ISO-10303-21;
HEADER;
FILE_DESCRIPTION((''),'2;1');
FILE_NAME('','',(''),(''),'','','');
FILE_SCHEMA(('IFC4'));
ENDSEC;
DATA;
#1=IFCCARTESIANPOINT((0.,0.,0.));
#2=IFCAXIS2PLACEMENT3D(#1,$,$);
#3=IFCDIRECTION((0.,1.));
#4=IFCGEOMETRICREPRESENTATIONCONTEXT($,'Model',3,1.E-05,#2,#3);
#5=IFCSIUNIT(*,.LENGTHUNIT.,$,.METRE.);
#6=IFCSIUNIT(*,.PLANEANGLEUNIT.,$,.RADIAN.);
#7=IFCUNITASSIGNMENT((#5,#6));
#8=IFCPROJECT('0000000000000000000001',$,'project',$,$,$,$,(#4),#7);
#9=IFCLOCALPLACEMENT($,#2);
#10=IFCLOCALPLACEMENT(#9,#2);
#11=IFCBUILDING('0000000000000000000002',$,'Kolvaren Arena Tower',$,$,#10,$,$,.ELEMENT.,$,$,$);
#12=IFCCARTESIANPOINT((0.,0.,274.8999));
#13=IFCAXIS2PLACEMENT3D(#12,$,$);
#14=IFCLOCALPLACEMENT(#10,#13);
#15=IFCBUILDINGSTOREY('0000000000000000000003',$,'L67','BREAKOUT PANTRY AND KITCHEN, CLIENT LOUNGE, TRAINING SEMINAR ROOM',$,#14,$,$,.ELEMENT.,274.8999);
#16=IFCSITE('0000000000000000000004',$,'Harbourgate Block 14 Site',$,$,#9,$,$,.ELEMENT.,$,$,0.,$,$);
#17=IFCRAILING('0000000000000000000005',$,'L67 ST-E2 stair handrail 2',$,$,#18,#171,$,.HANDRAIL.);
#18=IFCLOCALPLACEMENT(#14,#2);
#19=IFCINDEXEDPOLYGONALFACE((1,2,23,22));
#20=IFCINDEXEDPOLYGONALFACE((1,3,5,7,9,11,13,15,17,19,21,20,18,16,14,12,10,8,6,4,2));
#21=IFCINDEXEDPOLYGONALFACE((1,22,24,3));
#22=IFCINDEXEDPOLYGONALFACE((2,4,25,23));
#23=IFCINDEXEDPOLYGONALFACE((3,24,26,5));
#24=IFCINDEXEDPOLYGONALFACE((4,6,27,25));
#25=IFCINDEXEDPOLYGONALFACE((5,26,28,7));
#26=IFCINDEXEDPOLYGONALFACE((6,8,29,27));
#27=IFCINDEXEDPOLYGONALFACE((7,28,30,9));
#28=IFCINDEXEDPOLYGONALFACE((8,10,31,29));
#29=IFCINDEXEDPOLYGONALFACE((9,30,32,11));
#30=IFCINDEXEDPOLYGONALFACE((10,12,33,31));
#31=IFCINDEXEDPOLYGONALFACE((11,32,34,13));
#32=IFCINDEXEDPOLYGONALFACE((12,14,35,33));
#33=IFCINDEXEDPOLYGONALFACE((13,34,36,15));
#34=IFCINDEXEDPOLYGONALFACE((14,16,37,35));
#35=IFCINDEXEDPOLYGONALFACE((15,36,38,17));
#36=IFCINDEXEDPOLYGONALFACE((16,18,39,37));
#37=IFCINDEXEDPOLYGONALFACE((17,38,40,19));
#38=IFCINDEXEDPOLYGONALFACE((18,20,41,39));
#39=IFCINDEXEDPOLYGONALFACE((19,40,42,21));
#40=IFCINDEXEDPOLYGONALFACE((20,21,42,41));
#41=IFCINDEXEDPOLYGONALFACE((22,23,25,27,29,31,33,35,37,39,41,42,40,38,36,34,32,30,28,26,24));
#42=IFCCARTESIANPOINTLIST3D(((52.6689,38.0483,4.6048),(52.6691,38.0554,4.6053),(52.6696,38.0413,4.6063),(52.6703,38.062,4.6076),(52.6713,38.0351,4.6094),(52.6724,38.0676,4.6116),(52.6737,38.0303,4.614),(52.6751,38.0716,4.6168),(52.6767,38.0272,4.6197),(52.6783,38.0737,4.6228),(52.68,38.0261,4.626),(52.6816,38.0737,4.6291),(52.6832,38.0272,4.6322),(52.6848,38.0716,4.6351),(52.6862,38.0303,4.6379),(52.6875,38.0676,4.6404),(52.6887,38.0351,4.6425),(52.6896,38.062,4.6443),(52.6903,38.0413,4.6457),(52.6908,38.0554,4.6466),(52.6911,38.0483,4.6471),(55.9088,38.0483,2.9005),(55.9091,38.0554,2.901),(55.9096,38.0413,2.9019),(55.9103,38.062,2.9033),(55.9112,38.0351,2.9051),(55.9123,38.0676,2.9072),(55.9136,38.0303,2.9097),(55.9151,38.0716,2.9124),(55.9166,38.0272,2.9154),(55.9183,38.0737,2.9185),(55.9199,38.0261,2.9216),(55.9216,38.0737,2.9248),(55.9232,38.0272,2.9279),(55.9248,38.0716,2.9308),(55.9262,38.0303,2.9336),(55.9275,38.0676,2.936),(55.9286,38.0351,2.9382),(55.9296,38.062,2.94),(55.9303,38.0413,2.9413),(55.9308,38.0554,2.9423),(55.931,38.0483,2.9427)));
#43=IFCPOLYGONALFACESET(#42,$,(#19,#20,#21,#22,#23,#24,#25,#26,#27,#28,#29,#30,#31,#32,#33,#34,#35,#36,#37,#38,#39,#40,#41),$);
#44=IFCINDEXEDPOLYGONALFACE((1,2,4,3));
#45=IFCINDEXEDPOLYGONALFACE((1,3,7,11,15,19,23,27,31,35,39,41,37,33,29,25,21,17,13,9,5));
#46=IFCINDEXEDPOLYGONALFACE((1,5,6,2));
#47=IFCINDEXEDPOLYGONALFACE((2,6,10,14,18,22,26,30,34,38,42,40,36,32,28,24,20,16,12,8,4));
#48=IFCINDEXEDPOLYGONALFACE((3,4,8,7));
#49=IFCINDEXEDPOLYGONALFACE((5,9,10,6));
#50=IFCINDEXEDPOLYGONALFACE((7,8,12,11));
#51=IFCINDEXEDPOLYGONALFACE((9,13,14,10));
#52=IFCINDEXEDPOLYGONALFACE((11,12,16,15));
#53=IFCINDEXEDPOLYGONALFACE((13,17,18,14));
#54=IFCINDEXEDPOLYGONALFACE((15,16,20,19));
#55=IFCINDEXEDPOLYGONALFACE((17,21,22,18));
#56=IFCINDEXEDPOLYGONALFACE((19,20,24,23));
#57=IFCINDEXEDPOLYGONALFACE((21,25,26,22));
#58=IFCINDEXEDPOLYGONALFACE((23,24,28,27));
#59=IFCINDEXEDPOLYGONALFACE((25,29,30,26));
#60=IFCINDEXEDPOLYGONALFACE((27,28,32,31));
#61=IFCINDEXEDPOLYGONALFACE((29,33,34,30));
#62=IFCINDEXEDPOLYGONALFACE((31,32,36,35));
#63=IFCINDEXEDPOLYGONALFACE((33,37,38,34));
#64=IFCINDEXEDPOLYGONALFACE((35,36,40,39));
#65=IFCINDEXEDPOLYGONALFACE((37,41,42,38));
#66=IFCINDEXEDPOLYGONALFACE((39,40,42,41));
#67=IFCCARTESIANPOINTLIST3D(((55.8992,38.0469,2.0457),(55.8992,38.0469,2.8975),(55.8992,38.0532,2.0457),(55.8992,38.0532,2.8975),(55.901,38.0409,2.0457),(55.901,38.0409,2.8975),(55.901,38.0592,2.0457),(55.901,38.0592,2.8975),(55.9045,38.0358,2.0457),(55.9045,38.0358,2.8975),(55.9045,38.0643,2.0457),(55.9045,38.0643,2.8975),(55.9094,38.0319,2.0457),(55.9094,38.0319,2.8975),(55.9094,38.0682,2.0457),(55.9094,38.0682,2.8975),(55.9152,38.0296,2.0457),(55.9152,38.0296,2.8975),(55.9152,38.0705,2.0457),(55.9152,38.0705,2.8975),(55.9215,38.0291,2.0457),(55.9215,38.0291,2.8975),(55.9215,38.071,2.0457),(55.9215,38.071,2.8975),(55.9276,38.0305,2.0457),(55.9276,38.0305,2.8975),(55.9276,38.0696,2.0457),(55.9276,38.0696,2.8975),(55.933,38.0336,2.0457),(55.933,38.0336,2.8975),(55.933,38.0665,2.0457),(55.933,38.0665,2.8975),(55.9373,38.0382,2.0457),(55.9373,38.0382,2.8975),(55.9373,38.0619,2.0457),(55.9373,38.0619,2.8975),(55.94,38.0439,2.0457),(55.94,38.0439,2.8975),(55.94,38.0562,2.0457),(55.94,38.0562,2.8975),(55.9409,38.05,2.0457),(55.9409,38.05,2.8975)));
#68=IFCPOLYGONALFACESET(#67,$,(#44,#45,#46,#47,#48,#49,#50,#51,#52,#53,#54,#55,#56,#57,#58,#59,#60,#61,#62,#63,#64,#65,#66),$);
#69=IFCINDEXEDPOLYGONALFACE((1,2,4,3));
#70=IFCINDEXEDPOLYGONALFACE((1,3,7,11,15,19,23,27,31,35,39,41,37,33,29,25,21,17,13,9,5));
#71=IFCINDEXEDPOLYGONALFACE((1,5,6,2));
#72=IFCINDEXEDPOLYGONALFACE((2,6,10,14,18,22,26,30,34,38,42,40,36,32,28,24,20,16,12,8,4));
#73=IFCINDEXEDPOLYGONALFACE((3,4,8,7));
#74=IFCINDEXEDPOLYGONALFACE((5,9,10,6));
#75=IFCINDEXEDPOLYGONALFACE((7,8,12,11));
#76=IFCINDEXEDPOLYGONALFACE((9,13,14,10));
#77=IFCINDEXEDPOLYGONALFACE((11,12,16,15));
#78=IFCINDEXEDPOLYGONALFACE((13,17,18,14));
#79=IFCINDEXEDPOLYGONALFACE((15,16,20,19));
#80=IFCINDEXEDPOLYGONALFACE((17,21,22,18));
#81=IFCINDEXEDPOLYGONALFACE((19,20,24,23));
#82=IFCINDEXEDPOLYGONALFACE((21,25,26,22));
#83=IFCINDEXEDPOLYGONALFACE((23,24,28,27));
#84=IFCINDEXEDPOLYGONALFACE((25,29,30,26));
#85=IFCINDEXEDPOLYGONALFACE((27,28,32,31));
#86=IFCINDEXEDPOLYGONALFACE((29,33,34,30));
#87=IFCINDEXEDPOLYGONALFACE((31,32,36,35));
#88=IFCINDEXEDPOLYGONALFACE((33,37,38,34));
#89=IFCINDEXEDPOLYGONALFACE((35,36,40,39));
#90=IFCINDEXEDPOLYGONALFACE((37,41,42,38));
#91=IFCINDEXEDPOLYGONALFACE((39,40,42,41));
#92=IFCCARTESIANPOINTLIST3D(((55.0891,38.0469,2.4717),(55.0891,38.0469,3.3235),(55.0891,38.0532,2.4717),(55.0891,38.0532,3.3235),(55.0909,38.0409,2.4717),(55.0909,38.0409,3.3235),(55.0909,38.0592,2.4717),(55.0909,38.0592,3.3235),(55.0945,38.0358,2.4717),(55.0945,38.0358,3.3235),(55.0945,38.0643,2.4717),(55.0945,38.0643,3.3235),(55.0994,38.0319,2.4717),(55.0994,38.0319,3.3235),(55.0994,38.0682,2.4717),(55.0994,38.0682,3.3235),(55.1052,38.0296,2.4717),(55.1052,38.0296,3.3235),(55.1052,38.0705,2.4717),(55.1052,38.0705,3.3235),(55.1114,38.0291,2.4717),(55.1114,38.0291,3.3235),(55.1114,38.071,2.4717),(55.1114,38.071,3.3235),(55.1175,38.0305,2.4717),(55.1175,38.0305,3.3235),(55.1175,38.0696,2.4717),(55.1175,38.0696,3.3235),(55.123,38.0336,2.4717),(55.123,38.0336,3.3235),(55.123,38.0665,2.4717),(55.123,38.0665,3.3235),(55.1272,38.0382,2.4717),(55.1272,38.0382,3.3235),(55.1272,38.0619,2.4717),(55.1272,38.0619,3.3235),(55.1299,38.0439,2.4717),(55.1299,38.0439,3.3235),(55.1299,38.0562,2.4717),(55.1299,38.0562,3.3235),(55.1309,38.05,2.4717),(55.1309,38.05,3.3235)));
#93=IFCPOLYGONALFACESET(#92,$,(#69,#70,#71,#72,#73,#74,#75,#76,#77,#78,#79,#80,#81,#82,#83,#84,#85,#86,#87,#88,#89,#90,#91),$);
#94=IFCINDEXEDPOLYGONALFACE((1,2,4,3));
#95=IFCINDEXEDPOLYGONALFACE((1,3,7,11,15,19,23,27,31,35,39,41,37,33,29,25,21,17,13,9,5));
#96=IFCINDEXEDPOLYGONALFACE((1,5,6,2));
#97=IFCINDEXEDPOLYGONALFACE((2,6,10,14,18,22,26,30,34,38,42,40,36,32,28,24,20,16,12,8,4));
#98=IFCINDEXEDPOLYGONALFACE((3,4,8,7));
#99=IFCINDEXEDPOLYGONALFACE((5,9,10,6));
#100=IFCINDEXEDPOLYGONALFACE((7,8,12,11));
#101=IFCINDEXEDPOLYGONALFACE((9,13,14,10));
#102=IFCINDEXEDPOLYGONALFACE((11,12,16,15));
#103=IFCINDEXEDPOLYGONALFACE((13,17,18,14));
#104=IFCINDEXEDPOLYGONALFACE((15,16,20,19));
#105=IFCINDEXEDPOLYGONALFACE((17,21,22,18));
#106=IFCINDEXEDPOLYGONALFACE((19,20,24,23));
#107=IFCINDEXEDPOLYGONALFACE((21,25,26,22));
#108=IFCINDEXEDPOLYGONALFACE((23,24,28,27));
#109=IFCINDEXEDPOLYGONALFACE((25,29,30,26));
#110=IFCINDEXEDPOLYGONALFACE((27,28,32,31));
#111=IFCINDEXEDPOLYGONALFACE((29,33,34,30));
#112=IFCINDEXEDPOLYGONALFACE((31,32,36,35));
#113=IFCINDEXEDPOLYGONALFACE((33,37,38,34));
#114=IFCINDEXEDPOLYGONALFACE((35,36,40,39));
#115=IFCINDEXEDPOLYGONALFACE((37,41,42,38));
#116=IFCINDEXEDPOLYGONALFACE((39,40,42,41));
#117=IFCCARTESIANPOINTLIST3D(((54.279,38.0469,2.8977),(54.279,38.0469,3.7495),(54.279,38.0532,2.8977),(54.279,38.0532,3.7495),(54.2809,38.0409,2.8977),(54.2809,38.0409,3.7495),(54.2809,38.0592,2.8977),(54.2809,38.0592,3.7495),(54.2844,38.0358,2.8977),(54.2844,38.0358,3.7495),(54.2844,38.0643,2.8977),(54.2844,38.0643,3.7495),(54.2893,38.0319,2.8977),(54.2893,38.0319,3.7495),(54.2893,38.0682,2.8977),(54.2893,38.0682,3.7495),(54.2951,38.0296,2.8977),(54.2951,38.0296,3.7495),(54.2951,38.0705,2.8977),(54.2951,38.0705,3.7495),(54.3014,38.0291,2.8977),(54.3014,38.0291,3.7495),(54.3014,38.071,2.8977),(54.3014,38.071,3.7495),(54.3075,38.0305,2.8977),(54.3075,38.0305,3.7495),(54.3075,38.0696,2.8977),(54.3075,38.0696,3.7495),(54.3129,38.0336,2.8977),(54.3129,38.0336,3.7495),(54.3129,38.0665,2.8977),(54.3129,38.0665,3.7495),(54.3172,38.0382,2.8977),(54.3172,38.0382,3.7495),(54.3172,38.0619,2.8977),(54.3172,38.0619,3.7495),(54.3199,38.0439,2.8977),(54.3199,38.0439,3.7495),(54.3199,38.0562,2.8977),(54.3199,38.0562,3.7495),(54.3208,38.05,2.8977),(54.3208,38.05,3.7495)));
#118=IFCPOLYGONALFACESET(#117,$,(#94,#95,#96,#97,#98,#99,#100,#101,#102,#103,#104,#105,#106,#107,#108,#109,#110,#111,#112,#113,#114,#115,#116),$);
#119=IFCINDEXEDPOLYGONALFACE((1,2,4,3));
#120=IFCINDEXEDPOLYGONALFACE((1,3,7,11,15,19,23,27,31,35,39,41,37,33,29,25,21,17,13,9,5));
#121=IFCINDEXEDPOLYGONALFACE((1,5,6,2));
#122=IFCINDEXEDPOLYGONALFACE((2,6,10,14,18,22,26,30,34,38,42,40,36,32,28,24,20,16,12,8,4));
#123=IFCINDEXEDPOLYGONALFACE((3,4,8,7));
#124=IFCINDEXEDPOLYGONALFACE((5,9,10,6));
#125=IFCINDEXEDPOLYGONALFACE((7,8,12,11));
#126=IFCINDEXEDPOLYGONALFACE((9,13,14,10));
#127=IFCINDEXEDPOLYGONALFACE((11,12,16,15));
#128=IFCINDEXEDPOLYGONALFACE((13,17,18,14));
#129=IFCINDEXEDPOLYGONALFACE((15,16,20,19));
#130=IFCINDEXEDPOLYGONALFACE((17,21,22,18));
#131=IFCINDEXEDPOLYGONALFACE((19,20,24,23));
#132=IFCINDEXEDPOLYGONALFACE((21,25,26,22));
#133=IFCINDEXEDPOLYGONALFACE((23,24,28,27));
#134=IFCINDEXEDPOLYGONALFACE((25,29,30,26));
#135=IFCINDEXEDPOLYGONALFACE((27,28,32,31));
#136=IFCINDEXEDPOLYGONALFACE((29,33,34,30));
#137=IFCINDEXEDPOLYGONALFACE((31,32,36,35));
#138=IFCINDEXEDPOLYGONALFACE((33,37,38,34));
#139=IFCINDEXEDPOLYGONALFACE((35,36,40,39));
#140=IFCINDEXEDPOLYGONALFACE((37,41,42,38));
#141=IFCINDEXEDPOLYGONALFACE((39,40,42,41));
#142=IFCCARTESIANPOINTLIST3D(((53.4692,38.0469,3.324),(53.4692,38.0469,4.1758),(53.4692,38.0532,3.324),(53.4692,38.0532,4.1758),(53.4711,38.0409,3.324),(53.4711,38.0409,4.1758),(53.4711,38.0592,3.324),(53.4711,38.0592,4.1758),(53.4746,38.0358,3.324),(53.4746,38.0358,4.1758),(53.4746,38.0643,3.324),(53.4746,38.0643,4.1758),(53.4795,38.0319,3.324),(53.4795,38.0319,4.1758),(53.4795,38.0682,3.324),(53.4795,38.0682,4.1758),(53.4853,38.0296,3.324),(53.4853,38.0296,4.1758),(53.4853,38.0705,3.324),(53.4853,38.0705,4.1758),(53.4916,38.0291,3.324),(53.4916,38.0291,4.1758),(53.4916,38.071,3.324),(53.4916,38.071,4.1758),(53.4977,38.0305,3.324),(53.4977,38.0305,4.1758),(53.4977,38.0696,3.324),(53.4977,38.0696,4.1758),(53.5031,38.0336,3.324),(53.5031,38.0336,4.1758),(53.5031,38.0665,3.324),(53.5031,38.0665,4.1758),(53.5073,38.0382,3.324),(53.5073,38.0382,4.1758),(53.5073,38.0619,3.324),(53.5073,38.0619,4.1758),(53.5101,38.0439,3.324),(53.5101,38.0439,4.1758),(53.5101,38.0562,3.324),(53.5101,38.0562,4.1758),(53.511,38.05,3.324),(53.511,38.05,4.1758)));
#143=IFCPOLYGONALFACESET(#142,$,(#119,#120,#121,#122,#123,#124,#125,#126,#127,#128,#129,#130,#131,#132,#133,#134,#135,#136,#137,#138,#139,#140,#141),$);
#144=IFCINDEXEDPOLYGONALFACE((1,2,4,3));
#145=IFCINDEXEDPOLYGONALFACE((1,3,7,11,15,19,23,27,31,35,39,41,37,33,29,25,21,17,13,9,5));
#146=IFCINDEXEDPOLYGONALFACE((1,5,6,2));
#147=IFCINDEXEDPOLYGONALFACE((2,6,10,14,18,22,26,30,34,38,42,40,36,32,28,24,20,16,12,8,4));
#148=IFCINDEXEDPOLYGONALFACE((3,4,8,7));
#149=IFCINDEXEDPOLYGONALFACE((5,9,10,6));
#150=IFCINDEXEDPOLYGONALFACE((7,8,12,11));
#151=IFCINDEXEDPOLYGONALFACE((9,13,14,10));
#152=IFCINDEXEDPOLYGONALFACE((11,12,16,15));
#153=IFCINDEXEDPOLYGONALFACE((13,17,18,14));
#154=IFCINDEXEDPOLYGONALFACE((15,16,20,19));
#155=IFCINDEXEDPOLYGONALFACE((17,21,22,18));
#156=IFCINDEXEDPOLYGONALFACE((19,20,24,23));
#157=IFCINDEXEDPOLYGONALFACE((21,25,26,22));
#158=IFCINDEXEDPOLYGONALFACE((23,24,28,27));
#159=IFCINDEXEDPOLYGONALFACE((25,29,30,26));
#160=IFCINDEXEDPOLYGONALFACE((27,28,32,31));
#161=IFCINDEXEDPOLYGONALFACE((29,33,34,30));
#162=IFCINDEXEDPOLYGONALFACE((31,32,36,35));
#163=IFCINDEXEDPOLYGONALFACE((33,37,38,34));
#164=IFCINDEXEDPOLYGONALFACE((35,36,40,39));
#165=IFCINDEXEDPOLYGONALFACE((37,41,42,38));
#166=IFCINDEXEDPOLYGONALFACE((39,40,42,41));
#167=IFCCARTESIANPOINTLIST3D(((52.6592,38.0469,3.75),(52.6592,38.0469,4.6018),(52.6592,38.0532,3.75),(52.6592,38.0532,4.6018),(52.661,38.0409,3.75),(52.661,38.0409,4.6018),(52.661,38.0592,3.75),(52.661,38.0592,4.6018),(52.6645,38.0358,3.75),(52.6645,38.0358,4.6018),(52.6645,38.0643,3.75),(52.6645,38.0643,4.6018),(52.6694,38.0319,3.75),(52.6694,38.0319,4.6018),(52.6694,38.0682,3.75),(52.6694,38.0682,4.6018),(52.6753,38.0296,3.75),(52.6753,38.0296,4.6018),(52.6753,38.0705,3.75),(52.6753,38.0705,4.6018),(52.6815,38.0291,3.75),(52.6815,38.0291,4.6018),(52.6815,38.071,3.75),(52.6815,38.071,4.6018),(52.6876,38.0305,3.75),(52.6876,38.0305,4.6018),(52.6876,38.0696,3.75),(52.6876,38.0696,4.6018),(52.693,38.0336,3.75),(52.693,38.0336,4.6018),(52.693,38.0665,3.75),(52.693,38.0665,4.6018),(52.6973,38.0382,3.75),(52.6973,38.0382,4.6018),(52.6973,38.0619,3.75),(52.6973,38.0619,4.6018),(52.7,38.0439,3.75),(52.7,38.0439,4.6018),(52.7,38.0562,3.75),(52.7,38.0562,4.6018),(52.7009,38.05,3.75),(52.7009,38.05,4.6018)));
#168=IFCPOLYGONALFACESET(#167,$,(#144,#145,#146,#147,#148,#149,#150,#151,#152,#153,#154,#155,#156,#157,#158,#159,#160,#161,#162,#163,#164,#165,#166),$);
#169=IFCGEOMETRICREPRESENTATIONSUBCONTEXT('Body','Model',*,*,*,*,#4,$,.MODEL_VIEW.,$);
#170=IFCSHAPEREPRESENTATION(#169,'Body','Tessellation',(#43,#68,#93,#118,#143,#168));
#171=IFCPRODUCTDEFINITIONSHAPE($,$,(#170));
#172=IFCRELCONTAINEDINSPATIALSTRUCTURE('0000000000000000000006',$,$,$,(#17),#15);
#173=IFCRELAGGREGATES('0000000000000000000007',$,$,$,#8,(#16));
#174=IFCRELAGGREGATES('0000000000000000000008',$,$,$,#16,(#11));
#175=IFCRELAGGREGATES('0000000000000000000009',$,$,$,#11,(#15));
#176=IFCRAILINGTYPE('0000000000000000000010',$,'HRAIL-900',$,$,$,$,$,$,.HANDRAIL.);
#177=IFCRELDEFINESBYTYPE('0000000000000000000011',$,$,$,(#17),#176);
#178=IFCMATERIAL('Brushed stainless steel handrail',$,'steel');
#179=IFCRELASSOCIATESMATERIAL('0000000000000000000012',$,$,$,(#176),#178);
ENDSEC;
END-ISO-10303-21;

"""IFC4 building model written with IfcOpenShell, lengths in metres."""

from ifc_helpers import new_model, si_unit, direction, frame, origin, origin_2d, place, context, subcontext, project, spatial, circle, extrude, material, type_object, element, save


model = new_model("IFC4")

# Units and contexts
model_context = context("Model", 3, precision=1e-05, world=origin(), true_north=direction((0.0, 1.0)))
body_context = subcontext(model_context, "Body", "Model", "MODEL_VIEW")
ifc_project = project(units=[si_unit("LENGTHUNIT", "METRE"), si_unit("PLANEANGLEUNIT", "RADIAN")], contexts=[model_context])

# Site, building, storey
site_placement = place(None, origin())
site = spatial("IfcSite", under=ifc_project, at=site_placement, Name="Harbourgate Block 14 Site", CompositionType="ELEMENT", RefElevation=0.0)
building_placement = place(site_placement, origin())
building = spatial("IfcBuilding", under=site, at=building_placement, Name="Kolvaren Arena Tower", CompositionType="ELEMENT")
storey_placement = place(building_placement, frame((0.0, 0.0, 274.8999)))
storey = spatial("IfcBuildingStorey", under=building, at=storey_placement, Name="L67", Description="BREAKOUT PANTRY AND KITCHEN, CLIENT LOUNGE, TRAINING SEMINAR ROOM", CompositionType="ELEMENT", Elevation=274.8999)

# Railing
ifc_material_1 = material(Name="Brushed stainless steel handrail", Category="steel")
railing_type = type_object("IfcRailingType", Name="HRAIL-900", PredefinedType="HANDRAIL", material=ifc_material_1)
railing_placement = place(storey_placement, frame((55.9199, 38.05, 2.0457)))
element("IfcRailing", 1, at=railing_placement, inside=storey, type_object=railing_type, Name="L67 ST-E2 stair handrail 2", PredefinedType="HANDRAIL", context=body_context, shape_type="SweptSolid", body=[
    extrude(circle(Radius=0.0239, at=origin_2d()), frame((0.0, 0.0, 0.876), z_axis=(-0.885021, 0.0, 0.465551), x_axis=(0.0, -1.0, 0.0)), (0.0, 0.0, 1.0), 3.6609),
    extrude(circle(Radius=0.021, at=origin_2d()), origin(), (0.0, 0.0, 1.0), 0.8518),
    extrude(circle(Radius=0.021, at=origin_2d()), frame((-0.8101, 0.0, 0.426)), (0.0, 0.0, 1.0), 0.8518),
    extrude(circle(Radius=0.021, at=origin_2d()), frame((-1.6201, 0.0, 0.8521)), (0.0, 0.0, 1.0), 0.8518),
    extrude(circle(Radius=0.021, at=origin_2d()), frame((-2.4299, 0.0, 1.2783)), (0.0, 0.0, 1.0), 0.8518),
    extrude(circle(Radius=0.021, at=origin_2d()), frame((-3.24, 0.0, 1.7043)), (0.0, 0.0, 1.0), 0.8518),
])

save(model, "model.ifc")
